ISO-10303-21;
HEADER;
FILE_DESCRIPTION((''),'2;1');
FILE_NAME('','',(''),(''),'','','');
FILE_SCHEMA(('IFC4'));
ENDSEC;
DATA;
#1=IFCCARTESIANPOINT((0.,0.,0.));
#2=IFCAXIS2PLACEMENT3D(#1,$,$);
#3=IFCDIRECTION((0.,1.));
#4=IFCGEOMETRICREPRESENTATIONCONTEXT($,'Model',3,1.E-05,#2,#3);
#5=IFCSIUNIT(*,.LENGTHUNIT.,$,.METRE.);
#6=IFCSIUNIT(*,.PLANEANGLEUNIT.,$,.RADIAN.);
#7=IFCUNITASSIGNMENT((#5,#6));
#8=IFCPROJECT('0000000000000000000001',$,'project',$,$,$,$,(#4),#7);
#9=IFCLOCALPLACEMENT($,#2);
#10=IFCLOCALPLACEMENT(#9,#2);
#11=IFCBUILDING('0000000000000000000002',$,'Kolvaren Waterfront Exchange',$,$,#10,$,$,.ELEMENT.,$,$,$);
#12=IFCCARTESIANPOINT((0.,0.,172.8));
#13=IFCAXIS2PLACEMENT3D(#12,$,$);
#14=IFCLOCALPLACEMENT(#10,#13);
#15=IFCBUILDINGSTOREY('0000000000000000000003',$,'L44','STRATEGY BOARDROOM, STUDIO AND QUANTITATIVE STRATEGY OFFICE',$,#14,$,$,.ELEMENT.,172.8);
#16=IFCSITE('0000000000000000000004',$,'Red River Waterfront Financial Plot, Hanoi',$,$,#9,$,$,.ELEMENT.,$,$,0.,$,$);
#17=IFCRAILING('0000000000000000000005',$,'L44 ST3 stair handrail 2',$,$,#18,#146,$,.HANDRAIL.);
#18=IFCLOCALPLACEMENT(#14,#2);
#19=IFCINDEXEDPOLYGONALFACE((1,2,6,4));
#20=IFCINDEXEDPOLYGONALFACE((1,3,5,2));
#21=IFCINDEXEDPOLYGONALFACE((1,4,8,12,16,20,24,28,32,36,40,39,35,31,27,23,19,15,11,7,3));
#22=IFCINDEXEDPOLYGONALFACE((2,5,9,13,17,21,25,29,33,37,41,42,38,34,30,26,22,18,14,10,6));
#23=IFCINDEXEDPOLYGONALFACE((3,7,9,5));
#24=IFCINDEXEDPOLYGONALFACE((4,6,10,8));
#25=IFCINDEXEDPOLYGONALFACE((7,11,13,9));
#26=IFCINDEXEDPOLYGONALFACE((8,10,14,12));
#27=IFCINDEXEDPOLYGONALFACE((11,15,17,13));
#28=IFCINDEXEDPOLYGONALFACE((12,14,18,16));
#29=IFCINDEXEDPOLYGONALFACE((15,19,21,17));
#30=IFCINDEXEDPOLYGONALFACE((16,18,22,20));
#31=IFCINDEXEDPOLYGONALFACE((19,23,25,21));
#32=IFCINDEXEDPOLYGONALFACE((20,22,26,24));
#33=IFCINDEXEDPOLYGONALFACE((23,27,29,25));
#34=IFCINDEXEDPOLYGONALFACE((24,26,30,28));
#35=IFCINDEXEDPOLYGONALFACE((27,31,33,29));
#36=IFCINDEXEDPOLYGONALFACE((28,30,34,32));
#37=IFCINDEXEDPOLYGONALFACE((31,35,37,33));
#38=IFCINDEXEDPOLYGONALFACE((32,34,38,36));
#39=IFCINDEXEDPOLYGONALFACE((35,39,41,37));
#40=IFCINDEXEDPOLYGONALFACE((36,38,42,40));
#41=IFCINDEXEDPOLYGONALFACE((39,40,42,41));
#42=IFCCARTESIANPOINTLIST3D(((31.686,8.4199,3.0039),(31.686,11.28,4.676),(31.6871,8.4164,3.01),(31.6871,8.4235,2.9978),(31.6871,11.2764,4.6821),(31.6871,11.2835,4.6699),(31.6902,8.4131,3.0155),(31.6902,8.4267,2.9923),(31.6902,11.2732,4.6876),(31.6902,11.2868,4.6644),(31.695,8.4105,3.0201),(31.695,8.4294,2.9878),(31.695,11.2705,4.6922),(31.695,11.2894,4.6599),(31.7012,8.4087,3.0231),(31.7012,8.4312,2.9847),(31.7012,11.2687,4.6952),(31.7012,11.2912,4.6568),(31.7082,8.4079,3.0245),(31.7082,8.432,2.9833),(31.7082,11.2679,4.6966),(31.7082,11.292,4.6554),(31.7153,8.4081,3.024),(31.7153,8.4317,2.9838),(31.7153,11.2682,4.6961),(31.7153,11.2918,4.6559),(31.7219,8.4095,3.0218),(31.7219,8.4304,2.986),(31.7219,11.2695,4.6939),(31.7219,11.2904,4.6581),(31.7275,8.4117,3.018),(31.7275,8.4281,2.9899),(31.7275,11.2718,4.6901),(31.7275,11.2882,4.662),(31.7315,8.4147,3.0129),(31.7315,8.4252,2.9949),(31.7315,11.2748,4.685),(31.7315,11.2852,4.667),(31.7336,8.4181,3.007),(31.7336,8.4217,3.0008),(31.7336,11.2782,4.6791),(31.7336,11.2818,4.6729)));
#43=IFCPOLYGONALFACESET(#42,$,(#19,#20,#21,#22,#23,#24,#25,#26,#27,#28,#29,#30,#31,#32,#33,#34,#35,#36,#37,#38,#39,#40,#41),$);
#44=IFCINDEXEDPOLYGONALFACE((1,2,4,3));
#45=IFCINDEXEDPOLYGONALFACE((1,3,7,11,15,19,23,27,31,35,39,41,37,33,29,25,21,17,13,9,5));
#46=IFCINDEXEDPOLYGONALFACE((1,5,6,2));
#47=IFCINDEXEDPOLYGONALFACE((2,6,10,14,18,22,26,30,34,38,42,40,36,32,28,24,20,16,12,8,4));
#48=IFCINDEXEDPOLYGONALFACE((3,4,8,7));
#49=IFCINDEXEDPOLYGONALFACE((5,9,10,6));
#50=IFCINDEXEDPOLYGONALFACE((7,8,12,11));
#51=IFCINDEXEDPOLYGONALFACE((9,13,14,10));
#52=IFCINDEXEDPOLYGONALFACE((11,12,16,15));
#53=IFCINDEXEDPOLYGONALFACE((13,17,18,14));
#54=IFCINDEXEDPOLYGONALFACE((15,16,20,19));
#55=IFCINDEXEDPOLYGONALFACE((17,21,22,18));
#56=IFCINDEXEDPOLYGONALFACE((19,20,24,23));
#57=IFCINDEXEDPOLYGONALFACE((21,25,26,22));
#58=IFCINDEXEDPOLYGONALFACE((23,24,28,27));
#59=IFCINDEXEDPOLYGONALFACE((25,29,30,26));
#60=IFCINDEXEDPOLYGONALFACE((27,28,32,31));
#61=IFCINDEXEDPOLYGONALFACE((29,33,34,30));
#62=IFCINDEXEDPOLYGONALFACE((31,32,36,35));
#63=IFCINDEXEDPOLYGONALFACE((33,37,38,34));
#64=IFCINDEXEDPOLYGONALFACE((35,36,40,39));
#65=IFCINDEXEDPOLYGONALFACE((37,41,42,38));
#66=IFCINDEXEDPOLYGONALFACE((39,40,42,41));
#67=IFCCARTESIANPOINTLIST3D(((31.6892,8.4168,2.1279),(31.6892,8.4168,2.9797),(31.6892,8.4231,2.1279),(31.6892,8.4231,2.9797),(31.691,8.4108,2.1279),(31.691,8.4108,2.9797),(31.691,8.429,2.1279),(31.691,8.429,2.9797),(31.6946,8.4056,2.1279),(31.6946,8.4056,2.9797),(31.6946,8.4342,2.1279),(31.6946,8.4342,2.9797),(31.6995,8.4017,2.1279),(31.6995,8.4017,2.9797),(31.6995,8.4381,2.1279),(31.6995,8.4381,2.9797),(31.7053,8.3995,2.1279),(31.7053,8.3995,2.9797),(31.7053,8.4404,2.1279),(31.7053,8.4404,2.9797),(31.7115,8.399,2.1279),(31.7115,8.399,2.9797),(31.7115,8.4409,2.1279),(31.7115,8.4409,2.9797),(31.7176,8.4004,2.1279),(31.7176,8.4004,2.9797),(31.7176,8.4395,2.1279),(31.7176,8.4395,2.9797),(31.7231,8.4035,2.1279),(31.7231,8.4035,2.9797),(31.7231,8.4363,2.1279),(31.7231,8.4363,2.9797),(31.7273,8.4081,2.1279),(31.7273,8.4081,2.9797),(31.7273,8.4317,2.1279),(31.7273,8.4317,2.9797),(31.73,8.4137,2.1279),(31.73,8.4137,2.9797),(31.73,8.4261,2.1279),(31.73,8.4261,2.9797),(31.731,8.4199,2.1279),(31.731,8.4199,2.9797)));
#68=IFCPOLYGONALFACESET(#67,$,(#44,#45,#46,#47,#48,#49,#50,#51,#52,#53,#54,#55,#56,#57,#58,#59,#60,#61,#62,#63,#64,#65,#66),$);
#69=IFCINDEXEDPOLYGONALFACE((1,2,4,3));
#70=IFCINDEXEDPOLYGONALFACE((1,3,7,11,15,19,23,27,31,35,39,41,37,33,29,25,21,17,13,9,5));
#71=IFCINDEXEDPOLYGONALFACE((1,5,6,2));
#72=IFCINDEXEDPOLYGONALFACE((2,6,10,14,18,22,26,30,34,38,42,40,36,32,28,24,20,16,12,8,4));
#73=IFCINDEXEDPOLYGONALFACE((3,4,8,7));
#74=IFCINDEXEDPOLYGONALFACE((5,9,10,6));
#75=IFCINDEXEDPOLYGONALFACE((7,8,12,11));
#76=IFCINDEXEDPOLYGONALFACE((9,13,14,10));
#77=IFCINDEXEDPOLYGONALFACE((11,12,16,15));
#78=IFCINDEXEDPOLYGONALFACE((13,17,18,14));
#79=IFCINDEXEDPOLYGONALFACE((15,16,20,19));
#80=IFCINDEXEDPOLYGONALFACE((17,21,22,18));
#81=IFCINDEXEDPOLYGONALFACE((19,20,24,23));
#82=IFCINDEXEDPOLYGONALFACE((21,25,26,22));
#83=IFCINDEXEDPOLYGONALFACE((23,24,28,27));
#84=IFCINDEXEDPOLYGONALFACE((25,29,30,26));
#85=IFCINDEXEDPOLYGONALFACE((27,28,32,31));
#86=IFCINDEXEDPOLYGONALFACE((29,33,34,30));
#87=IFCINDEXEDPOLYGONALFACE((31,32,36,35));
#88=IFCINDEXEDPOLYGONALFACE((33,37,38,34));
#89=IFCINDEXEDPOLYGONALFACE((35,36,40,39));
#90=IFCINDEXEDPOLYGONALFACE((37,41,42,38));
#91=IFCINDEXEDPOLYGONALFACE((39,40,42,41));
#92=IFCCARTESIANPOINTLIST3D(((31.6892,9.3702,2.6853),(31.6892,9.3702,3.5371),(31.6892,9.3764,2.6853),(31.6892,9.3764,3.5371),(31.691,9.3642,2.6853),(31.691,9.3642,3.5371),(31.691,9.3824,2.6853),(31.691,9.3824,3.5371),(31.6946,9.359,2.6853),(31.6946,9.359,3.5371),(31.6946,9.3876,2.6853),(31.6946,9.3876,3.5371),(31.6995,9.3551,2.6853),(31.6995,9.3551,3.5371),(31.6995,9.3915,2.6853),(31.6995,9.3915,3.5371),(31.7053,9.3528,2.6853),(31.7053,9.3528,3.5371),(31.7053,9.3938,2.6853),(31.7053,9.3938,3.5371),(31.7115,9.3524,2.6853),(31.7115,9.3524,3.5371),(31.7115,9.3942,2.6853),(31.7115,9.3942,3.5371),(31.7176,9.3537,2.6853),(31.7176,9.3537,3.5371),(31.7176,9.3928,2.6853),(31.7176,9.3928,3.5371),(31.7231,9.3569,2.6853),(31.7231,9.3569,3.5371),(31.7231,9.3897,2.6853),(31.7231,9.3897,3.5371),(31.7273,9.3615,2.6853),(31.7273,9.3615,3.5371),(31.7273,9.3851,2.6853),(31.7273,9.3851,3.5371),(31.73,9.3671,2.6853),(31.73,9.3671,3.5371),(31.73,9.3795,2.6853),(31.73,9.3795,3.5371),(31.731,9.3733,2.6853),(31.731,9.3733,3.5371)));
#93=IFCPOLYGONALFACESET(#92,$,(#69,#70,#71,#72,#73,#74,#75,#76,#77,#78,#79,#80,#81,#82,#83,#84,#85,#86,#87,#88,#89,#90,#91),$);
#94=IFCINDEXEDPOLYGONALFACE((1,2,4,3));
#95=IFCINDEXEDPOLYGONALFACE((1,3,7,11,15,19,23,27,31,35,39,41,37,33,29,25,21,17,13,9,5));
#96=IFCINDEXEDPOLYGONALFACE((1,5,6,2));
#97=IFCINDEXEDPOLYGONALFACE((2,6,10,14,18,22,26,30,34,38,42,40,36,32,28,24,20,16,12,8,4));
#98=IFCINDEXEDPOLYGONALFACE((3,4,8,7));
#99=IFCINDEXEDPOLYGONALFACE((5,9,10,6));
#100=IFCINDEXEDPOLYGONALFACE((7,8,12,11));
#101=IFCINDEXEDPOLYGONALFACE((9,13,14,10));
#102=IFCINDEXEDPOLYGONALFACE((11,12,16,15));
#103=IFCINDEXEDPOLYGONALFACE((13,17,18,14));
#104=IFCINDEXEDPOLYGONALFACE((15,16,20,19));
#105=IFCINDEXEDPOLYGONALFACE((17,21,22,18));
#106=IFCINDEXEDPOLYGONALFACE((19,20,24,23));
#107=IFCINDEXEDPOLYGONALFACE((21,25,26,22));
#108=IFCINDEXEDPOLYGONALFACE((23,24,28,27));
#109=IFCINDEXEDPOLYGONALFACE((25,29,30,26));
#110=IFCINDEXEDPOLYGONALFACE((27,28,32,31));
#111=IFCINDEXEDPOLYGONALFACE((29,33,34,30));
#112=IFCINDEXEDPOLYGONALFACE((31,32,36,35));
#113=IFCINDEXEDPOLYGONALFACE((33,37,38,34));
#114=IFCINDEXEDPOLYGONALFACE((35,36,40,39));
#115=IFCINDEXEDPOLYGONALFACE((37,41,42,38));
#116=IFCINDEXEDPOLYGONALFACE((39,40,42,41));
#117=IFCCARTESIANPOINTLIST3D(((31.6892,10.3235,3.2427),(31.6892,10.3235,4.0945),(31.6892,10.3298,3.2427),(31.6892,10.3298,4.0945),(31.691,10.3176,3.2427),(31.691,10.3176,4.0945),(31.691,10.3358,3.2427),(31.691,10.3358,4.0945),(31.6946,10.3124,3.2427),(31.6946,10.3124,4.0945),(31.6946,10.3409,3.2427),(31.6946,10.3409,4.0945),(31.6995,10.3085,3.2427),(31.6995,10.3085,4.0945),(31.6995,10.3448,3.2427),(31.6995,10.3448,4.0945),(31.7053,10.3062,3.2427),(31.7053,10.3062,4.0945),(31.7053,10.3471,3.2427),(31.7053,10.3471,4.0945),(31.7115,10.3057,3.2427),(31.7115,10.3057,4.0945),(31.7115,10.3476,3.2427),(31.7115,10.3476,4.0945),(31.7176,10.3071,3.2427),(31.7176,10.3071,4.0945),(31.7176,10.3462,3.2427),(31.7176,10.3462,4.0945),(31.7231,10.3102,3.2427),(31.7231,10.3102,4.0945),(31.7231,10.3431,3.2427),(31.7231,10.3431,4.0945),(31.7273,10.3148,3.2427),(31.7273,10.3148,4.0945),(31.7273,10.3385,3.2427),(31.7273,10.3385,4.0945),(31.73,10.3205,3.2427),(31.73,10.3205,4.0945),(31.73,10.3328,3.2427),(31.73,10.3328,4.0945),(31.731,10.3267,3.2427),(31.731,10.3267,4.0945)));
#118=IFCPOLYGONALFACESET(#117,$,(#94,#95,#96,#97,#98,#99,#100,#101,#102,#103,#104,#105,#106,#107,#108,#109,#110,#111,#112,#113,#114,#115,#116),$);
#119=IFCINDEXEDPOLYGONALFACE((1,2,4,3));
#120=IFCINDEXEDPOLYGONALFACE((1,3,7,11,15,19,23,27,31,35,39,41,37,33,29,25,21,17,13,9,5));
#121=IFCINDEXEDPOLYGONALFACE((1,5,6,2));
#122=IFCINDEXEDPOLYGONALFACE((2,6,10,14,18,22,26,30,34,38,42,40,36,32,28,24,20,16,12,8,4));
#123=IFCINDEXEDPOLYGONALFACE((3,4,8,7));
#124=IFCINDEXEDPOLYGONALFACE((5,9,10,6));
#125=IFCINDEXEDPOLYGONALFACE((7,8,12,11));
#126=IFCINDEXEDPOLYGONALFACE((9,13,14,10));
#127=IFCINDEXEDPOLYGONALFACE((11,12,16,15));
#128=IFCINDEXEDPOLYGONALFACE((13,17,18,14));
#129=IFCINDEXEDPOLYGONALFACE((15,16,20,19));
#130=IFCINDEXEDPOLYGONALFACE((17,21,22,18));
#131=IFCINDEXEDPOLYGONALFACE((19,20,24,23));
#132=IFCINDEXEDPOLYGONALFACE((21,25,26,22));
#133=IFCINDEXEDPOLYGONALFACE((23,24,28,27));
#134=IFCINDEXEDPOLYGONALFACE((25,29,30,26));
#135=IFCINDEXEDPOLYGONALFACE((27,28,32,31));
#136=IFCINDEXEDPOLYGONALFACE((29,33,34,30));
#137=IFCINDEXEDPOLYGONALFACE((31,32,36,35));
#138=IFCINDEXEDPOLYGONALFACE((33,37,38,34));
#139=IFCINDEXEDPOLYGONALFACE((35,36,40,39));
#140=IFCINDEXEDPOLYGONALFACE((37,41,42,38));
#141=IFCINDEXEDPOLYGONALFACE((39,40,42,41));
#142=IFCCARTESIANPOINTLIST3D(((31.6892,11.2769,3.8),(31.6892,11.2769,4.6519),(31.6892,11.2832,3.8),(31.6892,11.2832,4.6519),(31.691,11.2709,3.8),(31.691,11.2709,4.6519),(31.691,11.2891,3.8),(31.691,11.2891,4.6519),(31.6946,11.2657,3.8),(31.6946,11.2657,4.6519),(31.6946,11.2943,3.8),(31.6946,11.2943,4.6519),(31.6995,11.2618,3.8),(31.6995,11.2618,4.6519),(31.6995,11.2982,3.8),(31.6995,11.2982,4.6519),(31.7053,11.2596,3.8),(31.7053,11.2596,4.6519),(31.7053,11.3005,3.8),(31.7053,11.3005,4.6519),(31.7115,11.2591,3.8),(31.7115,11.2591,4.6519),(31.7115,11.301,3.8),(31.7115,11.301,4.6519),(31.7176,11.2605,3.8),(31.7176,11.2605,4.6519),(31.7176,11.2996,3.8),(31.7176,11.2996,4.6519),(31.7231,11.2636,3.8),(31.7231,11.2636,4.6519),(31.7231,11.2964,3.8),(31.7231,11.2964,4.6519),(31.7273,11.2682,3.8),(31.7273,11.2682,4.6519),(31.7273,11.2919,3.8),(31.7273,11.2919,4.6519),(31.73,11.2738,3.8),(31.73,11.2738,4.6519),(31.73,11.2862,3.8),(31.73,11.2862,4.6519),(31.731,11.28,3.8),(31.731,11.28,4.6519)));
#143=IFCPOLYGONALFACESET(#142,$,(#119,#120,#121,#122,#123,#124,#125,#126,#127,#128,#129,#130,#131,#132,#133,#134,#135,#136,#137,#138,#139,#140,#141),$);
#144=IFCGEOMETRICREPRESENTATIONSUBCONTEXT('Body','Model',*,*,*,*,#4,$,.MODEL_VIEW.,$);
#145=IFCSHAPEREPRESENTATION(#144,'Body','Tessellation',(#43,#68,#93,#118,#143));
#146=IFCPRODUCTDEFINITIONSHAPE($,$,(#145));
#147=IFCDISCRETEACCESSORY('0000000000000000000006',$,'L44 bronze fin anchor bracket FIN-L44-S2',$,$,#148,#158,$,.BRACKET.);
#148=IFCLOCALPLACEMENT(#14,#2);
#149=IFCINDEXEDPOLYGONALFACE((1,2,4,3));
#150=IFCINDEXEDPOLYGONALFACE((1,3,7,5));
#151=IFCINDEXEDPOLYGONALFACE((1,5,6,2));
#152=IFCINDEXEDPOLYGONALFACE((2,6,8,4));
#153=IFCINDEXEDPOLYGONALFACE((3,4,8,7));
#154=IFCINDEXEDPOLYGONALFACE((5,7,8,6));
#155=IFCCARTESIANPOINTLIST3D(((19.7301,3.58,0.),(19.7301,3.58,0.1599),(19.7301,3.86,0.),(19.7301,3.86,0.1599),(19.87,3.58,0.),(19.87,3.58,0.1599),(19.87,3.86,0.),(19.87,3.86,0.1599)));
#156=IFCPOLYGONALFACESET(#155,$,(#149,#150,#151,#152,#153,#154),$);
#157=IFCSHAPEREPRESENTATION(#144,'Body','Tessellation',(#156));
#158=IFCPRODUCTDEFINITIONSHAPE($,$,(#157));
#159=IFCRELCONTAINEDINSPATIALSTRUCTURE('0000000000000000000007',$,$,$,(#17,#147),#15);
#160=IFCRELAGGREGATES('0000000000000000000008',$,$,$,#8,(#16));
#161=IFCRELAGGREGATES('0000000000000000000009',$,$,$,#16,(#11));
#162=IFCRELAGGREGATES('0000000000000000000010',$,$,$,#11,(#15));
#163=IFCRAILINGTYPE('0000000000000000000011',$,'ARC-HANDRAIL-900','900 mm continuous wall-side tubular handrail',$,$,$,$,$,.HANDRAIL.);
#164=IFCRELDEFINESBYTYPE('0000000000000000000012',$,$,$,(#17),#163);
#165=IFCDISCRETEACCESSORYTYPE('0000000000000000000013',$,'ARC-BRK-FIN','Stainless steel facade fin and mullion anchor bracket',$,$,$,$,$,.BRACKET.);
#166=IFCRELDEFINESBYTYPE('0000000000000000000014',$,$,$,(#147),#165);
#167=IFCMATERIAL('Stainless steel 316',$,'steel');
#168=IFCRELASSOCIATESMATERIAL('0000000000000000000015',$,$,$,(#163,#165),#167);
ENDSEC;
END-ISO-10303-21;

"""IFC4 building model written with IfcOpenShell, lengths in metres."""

from ifc_helpers import new_model, si_unit, direction, frame, origin, origin_with_axes, origin_2d, place, context, subcontext, project, spatial, rectangle, circle, extrude, source, transform, mapped, material, type_object, element, save


model = new_model("IFC4")

# Units and contexts
model_context = context("Model", 3, precision=1e-05, world=origin(), true_north=direction((0.0, 1.0)))
body_context = subcontext(model_context, "Body", "Model", "MODEL_VIEW")
ifc_project = project(units=[si_unit("LENGTHUNIT", "METRE"), si_unit("PLANEANGLEUNIT", "RADIAN")], contexts=[model_context])

# Site, building, storey
site_placement = place(None, origin())
site = spatial("IfcSite", under=ifc_project, at=site_placement, Name="Red River Waterfront Financial Plot, Hanoi", CompositionType="ELEMENT", RefElevation=0.0)
building_placement = place(site_placement, origin())
building = spatial("IfcBuilding", under=site, at=building_placement, Name="Kolvaren Waterfront Exchange", CompositionType="ELEMENT")
storey_placement = place(building_placement, frame((0.0, 0.0, 172.8)))
storey = spatial("IfcBuildingStorey", under=building, at=storey_placement, Name="L44", Description="STRATEGY BOARDROOM, STUDIO AND QUANTITATIVE STRATEGY OFFICE", CompositionType="ELEMENT", Elevation=172.8)

# Railing
ifc_material_1 = material(Name="Stainless steel 316", Category="steel")
railing_type_1 = type_object("IfcRailingType", Name="ARC-HANDRAIL-900", Description="900 mm continuous wall-side tubular handrail", PredefinedType="HANDRAIL", material=ifc_material_1)
railing_1_placement = place(storey_placement, frame((31.71, 8.4199, 2.1279)))
element("IfcRailing", 1, at=railing_1_placement, inside=storey, type_object=railing_type_1, Name="L44 ST3 stair handrail 2", PredefinedType="HANDRAIL", context=body_context, shape_type="SweptSolid", body=[
    extrude(circle(Radius=0.0239, at=origin_2d()), frame((0.0, 0.0, 0.876), z_axis=(0.0, 0.863289, 0.504709), x_axis=(-1.0, 0.0, 0.0)), (0.0, 0.0, 1.0), 3.313),
    extrude(circle(Radius=0.021, at=origin_2d()), origin(), (0.0, 0.0, 1.0), 0.8518),
    extrude(circle(Radius=0.021, at=origin_2d()), frame((0.0, 0.9534, 0.5574)), (0.0, 0.0, 1.0), 0.8518),
    extrude(circle(Radius=0.021, at=origin_2d()), frame((0.0, 1.9067, 1.1147)), (0.0, 0.0, 1.0), 0.8518),
    extrude(circle(Radius=0.021, at=origin_2d()), frame((0.0, 2.8601, 1.6721)), (0.0, 0.0, 1.0), 0.8518),
])

# Discrete accessory
discrete_accessory_type = type_object("IfcDiscreteAccessoryType", Name="ARC-BRK-FIN", Description="Stainless steel facade fin and mullion anchor bracket", PredefinedType="BRACKET", material=ifc_material_1)
shared_shape_1 = source(origin_with_axes(), body_context, "Body", "SweptSolid", [
    extrude(rectangle(XDim=0.28, YDim=0.1399, at=origin_2d()), origin(), (0.0, 0.0, 1.0), 0.1599),
])
discrete_accessory_placement = place(storey_placement, frame((19.8, 3.72, 0.0), z_axis=(0.0, 0.0, 1.0), x_axis=(0.0, -1.0, 0.0)))
element("IfcDiscreteAccessory", 2, at=discrete_accessory_placement, inside=storey, type_object=discrete_accessory_type, Name="L44 bronze fin anchor bracket FIN-L44-S2", PredefinedType="BRACKET", context=body_context, shape_type="MappedRepresentation", body=[
    mapped(shared_shape_1, transform((0.0, 0.0, 0.0), x_axis=(1.0, 0.0, 0.0), y_axis=(0.0, 1.0, 0.0), z_axis=(0.0, 0.0, 1.0), scale=1.0)),
])

save(model, "model.ifc")
